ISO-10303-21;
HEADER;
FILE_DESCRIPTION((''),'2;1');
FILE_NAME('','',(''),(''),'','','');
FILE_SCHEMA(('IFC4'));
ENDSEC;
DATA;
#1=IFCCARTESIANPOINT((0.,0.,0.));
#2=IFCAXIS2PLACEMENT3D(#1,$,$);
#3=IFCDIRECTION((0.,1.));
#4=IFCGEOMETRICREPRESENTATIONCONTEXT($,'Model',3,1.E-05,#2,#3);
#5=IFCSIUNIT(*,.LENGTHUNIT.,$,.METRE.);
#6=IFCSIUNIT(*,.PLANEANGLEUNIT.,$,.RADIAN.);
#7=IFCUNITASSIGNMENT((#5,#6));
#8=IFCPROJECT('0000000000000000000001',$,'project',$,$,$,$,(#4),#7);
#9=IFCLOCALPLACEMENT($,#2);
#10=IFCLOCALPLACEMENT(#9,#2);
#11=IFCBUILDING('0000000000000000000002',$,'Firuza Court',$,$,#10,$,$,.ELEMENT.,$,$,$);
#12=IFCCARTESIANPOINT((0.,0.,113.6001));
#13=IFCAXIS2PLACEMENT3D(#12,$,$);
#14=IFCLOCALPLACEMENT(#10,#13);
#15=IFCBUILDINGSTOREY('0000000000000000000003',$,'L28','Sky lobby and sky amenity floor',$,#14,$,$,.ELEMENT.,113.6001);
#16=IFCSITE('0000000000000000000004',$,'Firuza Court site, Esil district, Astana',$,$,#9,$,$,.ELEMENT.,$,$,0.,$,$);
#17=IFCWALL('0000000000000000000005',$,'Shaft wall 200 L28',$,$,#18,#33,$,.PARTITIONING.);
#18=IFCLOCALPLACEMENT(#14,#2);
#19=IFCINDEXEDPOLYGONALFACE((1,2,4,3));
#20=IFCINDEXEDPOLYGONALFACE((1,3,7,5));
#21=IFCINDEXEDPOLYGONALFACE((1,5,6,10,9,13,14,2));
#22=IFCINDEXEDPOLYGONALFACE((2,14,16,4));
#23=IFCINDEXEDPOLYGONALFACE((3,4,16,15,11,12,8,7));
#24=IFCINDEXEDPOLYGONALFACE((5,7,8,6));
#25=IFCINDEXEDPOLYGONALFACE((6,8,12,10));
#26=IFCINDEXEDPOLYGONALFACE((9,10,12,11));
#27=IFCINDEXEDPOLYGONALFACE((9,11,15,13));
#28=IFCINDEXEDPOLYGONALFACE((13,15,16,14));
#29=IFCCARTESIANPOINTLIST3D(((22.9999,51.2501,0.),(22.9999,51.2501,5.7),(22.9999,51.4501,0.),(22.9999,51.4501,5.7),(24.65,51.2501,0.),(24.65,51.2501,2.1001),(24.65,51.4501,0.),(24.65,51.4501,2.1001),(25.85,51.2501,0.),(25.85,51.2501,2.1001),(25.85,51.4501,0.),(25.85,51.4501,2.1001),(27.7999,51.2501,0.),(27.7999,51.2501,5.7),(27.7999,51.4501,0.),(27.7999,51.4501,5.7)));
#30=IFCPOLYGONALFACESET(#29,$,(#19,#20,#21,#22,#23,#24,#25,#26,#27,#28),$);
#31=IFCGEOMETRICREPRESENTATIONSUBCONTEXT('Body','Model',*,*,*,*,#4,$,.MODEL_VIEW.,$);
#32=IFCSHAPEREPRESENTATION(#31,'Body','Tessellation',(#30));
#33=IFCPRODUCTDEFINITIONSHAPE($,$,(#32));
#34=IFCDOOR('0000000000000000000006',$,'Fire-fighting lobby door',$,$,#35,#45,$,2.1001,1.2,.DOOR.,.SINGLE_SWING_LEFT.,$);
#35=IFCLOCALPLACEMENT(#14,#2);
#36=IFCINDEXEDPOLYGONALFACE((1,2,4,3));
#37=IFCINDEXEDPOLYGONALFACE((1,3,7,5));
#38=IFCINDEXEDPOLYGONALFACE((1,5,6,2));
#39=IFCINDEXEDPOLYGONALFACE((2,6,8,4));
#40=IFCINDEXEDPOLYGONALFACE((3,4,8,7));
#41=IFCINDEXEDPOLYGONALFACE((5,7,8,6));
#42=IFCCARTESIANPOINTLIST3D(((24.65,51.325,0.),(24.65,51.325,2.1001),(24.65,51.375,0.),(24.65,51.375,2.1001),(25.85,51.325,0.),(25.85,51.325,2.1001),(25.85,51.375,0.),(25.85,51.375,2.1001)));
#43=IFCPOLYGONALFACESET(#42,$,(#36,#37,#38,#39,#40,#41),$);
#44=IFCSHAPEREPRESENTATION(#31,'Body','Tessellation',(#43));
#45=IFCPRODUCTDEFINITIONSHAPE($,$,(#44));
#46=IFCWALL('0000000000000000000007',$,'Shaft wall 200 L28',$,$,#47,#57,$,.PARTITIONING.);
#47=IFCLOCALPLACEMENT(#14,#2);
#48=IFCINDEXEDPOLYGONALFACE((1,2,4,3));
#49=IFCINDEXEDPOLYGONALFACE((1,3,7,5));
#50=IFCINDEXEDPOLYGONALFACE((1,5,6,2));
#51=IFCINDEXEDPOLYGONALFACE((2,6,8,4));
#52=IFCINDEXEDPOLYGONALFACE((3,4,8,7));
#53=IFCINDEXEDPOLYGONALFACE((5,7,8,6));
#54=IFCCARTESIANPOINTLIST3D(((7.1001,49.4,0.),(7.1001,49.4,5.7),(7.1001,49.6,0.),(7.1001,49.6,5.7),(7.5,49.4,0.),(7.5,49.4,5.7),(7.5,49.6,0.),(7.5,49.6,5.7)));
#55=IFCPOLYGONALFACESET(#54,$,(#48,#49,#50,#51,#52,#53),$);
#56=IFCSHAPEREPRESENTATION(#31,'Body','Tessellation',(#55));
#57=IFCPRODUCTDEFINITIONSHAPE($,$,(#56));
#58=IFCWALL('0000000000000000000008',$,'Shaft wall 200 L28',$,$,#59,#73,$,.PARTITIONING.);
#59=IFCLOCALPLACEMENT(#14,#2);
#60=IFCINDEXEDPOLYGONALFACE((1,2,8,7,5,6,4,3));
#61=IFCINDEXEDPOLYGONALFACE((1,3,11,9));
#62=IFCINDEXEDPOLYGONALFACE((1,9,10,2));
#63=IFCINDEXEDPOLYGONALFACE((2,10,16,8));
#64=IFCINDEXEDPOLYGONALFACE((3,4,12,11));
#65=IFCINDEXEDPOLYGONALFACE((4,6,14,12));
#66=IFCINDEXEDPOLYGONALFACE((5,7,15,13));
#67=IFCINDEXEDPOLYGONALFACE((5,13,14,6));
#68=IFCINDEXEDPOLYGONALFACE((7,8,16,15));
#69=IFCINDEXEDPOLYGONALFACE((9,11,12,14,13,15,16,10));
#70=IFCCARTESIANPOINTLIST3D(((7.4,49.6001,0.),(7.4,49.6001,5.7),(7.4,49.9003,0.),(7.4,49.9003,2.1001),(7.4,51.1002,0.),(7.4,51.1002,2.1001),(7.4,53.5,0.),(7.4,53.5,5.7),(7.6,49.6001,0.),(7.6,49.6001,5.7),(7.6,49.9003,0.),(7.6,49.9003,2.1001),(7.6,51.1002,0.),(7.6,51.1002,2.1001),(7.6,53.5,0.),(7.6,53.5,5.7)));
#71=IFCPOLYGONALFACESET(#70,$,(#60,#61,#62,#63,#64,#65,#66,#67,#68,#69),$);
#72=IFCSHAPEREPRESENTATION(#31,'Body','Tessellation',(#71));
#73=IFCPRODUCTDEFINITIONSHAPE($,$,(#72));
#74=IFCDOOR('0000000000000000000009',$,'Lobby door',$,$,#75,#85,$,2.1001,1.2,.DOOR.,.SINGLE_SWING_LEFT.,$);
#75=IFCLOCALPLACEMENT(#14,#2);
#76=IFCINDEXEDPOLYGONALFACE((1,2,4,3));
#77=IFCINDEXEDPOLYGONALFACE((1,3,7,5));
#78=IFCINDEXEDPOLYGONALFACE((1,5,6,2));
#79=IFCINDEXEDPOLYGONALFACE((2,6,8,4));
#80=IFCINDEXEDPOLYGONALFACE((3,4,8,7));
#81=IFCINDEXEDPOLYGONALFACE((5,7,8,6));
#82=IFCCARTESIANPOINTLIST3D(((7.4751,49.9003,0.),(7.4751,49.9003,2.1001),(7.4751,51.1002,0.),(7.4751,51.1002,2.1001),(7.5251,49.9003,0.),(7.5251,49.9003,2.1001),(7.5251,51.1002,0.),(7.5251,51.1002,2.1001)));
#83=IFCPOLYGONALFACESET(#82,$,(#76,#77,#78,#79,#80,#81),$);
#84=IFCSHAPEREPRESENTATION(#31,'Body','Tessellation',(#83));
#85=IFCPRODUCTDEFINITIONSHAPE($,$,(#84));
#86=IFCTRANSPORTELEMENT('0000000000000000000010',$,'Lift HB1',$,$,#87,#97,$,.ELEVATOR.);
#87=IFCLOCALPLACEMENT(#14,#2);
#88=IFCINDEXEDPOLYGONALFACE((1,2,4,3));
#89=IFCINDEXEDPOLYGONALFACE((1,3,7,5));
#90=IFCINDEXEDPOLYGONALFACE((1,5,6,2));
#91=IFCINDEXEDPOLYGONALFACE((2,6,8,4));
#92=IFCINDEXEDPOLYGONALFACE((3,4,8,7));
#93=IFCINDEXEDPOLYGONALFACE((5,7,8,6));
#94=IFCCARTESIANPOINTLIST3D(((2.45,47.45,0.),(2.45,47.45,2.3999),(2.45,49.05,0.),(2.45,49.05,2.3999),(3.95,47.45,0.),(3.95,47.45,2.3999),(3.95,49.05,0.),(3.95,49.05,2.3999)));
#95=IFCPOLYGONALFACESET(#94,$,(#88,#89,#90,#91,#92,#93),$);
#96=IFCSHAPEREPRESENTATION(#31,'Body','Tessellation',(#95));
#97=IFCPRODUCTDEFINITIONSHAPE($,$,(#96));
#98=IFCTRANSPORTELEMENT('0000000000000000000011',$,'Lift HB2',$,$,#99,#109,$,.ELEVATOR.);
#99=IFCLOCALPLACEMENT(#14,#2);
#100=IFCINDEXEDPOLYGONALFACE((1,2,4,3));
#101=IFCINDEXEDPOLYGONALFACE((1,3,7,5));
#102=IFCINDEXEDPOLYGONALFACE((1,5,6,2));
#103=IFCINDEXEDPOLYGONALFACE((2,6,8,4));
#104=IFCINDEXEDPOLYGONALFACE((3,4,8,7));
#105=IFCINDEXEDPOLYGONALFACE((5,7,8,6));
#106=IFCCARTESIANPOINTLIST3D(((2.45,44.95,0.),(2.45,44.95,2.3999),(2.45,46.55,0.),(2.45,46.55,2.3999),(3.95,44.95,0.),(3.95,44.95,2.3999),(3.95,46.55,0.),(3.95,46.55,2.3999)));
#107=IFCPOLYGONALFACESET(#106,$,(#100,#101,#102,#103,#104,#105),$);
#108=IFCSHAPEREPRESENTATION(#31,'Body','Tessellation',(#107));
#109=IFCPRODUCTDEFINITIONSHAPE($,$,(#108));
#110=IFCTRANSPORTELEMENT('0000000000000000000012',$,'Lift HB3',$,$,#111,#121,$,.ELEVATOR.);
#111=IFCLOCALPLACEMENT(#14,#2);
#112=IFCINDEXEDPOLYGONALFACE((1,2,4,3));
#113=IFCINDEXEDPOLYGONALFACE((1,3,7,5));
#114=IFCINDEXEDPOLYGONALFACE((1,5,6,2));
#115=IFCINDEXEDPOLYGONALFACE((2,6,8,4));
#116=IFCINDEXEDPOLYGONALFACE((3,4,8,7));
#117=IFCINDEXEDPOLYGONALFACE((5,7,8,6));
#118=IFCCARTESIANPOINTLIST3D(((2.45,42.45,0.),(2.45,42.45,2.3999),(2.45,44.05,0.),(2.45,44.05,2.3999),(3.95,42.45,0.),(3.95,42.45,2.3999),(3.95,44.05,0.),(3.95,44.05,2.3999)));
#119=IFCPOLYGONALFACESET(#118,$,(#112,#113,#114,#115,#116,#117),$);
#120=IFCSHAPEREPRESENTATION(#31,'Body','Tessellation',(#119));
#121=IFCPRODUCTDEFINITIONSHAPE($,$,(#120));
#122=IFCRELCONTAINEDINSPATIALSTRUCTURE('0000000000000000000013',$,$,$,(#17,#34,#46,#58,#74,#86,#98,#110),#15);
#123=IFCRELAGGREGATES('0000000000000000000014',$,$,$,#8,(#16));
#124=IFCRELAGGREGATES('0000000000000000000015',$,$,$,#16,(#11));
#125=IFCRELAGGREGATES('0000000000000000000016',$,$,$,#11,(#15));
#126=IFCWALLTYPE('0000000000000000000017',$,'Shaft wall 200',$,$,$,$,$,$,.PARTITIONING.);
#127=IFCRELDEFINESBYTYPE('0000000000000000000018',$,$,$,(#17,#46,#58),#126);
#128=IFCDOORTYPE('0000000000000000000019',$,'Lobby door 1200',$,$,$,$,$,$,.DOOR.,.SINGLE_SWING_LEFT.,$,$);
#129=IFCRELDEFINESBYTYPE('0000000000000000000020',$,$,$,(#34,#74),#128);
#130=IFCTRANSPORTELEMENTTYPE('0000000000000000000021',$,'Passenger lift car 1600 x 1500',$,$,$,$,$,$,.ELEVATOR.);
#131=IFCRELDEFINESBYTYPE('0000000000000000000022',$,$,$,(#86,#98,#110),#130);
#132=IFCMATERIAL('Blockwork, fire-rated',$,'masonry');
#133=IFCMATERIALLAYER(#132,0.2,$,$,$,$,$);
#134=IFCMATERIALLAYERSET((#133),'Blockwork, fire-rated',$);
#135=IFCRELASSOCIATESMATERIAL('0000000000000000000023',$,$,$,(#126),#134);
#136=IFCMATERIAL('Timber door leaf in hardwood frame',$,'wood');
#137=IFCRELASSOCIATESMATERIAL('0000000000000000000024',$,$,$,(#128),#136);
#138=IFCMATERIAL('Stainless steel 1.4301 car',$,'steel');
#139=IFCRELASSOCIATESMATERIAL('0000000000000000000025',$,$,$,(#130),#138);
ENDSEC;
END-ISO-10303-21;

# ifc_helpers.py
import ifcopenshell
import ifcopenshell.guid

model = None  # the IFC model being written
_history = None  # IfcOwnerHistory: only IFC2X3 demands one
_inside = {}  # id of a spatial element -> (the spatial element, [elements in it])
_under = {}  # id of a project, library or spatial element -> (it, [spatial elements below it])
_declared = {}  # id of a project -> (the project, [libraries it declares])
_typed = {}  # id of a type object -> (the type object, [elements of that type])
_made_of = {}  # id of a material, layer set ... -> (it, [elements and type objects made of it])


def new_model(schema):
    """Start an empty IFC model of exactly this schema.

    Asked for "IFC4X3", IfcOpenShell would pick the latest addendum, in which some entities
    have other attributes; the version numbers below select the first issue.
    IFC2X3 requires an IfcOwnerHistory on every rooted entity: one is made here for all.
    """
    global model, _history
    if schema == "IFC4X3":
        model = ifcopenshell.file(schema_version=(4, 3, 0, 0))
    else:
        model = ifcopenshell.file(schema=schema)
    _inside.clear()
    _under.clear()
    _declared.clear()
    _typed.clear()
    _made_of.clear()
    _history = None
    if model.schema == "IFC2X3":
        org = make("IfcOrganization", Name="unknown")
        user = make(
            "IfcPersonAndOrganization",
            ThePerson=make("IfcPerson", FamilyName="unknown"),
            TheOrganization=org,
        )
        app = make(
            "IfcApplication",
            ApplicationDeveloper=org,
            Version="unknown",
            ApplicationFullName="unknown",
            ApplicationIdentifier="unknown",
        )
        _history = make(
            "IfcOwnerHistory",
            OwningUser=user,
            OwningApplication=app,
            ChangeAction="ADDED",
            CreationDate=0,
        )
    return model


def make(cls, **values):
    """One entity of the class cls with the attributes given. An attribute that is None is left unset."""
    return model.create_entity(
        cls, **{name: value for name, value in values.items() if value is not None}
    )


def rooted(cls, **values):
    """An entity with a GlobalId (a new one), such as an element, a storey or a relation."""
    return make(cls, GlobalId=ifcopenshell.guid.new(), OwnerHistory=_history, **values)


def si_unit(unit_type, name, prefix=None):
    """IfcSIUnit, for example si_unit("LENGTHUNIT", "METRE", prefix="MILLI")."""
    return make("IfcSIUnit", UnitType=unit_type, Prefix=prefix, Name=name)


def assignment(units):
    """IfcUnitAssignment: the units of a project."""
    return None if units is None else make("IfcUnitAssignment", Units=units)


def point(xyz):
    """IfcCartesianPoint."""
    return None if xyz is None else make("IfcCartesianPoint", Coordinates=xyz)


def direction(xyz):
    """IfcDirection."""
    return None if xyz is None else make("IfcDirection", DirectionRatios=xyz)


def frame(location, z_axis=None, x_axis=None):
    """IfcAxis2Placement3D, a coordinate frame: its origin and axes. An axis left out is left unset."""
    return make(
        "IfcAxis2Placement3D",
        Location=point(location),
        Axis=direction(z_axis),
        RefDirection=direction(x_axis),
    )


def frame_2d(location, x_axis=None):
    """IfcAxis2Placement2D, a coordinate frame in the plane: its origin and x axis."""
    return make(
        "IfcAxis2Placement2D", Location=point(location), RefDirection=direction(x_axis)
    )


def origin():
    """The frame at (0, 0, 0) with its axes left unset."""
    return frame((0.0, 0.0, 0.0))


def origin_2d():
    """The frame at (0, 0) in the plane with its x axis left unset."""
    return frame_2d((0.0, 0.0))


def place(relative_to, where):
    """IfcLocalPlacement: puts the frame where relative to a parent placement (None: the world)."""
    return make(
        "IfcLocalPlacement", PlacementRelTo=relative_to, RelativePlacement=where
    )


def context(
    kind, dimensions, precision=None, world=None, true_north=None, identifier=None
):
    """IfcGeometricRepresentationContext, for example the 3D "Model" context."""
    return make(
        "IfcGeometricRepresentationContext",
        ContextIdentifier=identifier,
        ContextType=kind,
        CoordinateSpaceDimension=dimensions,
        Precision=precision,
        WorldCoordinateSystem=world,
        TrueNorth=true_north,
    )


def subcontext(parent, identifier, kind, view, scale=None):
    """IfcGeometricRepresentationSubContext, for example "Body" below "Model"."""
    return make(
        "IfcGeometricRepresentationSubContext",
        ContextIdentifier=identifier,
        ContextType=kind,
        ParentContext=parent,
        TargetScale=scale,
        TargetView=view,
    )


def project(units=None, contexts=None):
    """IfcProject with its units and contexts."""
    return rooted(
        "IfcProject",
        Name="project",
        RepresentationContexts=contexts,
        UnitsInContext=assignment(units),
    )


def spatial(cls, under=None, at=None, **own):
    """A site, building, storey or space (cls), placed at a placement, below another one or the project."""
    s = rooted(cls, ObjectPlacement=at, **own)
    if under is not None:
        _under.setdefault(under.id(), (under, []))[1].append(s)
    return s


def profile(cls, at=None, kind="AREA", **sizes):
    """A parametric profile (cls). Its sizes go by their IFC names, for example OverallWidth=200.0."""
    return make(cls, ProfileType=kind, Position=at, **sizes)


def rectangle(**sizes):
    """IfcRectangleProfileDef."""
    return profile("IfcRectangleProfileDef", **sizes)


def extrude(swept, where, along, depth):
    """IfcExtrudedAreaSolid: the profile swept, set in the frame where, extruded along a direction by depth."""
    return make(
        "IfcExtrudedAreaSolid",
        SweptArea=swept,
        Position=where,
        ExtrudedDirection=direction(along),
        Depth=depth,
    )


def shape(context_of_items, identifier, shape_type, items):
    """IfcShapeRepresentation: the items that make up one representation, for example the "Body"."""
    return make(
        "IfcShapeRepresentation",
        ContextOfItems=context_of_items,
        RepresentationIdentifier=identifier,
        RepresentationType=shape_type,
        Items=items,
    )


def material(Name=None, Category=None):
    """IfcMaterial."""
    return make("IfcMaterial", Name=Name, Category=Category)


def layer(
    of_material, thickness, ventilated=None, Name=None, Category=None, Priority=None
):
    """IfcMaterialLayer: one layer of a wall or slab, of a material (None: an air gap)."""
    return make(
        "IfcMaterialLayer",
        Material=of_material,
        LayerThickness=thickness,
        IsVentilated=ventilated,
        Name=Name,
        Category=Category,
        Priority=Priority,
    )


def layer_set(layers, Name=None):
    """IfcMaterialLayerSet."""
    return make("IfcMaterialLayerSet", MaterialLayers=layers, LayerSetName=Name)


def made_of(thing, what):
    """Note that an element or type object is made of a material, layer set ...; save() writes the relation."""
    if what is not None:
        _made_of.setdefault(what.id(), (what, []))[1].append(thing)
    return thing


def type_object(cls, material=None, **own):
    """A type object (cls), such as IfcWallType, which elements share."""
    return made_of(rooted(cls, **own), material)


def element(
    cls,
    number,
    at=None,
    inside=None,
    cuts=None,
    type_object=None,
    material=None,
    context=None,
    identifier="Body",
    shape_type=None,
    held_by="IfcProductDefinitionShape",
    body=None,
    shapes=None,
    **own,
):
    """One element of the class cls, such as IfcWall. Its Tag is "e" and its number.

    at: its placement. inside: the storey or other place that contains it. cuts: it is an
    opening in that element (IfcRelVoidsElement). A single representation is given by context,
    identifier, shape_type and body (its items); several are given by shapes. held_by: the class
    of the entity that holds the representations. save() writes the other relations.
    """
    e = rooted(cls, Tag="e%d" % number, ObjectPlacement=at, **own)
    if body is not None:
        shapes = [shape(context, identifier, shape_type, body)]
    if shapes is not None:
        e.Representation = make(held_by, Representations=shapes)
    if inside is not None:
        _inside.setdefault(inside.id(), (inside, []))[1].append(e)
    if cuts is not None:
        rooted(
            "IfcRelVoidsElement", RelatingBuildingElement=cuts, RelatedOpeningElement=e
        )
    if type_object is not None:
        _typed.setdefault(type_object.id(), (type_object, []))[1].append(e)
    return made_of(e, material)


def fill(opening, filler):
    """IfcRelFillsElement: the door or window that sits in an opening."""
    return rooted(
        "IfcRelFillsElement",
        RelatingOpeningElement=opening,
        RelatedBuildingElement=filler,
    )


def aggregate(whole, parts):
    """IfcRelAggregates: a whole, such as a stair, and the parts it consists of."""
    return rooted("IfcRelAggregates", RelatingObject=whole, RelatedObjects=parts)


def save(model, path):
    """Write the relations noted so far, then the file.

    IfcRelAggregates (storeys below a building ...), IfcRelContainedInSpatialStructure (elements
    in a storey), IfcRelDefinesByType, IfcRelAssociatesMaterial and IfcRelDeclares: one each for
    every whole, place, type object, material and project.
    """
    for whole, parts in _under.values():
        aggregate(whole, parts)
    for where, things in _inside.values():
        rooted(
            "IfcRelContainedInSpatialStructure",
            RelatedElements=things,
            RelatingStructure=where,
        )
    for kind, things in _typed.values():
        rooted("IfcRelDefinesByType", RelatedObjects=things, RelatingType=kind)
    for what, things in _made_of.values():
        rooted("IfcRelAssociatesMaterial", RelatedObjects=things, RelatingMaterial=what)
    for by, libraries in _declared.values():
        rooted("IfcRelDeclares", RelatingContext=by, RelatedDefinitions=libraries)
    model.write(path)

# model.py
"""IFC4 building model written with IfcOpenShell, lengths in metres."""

from ifc_helpers import new_model, si_unit, direction, frame, frame_2d, origin, origin_2d, place, context, subcontext, project, spatial, rectangle, extrude, material, layer, layer_set, type_object, element, fill, save


model = new_model("IFC4")

# Units and contexts
model_context = context("Model", 3, precision=1e-05, world=origin(), true_north=direction((0.0, 1.0)))
body_context = subcontext(model_context, "Body", "Model", "MODEL_VIEW")
ifc_project = project(units=[si_unit("LENGTHUNIT", "METRE"), si_unit("PLANEANGLEUNIT", "RADIAN")], contexts=[model_context])

# Site, building, storey
site_placement = place(None, origin())
site = spatial("IfcSite", under=ifc_project, at=site_placement, Name="Firuza Court site, Esil district, Astana", CompositionType="ELEMENT", RefElevation=0.0)
building_placement = place(site_placement, origin())
building = spatial("IfcBuilding", under=site, at=building_placement, Name="Firuza Court", CompositionType="ELEMENT")
storey_placement = place(building_placement, frame((0.0, 0.0, 113.6001)))
storey = spatial("IfcBuildingStorey", under=building, at=storey_placement, Name="L28", Description="Sky lobby and sky amenity floor", CompositionType="ELEMENT", Elevation=113.6001)

# Shared definitions
ifc_material_1 = material(Name="Blockwork, fire-rated", Category="masonry")
ifc_layer_1 = layer(ifc_material_1, 0.2)
ifc_layer_set_1 = layer_set([ifc_layer_1], Name="Blockwork, fire-rated")
wall_type_1 = type_object("IfcWallType", Name="Shaft wall 200", PredefinedType="PARTITIONING", material=ifc_layer_set_1)
ifc_material_2 = material(Name="Timber door leaf in hardwood frame", Category="wood")
door_type_1 = type_object("IfcDoorType", Name="Lobby door 1200", OperationType="SINGLE_SWING_LEFT", PredefinedType="DOOR", material=ifc_material_2)

# Wall, opening, door
wall_1_placement = place(storey_placement, frame((23.0, 51.3501, 0.0), z_axis=(0.0, 0.0, 1.0), x_axis=(1.0, 0.0, 0.0)))
wall_1 = element("IfcWall", 1, at=wall_1_placement, inside=storey, type_object=wall_type_1, Name="Shaft wall 200 L28", PredefinedType="PARTITIONING", context=body_context, shape_type="SweptSolid", body=[
    extrude(rectangle(XDim=4.8, YDim=0.2, at=frame_2d((2.3999, 0.0))), origin(), (0.0, 0.0, 1.0), 5.7),
])
opening_1_placement = place(wall_1_placement, frame((1.6499, 0.0, 0.0)))
opening_1 = element("IfcOpeningElement", 2, at=opening_1_placement, cuts=wall_1, PredefinedType="OPENING", context=body_context, shape_type="SweptSolid", body=[
    extrude(rectangle(XDim=1.2, YDim=2.1001, at=frame_2d((0.6001, 1.05))), frame((0.0, 0.1118, 0.0), z_axis=(0.0, -1.0, 0.0), x_axis=(1.0, 0.0, 0.0)), (0.0, 0.0, 1.0), 0.2239),
])
door_1_placement = place(opening_1_placement, origin())
door_1 = element("IfcDoor", 3, at=door_1_placement, inside=storey, type_object=door_type_1, Name="Fire-fighting lobby door", OperationType="SINGLE_SWING_LEFT", OverallHeight=2.1001, OverallWidth=1.2, PredefinedType="DOOR", context=body_context, shape_type="SweptSolid", body=[
    extrude(rectangle(XDim=1.2, YDim=2.1001, at=frame_2d((0.6001, 1.05))), frame((0.0, 0.0249, 0.0), z_axis=(0.0, -1.0, 0.0), x_axis=(1.0, 0.0, 0.0)), (0.0, 0.0, 1.0), 0.05),
])
fill(opening_1, door_1)

# Wall
wall_2_placement = place(storey_placement, frame((7.1001, 49.5, 0.0), z_axis=(0.0, 0.0, 1.0), x_axis=(1.0, 0.0, 0.0)))
element("IfcWall", 4, at=wall_2_placement, inside=storey, type_object=wall_type_1, Name="Shaft wall 200 L28", PredefinedType="PARTITIONING", context=body_context, shape_type="SweptSolid", body=[
    extrude(rectangle(XDim=0.3999, YDim=0.2, at=frame_2d((0.2, 0.0))), origin(), (0.0, 0.0, 1.0), 5.7),
])

# Wall, opening, door
wall_3_placement = place(storey_placement, frame((7.5, 49.6001, 0.0), z_axis=(0.0, 0.0, 1.0), x_axis=(0.0, 1.0, 0.0)))
wall_3 = element("IfcWall", 5, at=wall_3_placement, inside=storey, type_object=wall_type_1, Name="Shaft wall 200 L28", PredefinedType="PARTITIONING", context=body_context, shape_type="SweptSolid", body=[
    extrude(rectangle(XDim=3.8999, YDim=0.2, at=frame_2d((1.95, 0.0))), origin(), (0.0, 0.0, 1.0), 5.7),
])
opening_2_placement = place(wall_3_placement, frame((0.3, 0.0, 0.0)))
opening_2 = element("IfcOpeningElement", 6, at=opening_2_placement, cuts=wall_3, PredefinedType="OPENING", context=body_context, shape_type="SweptSolid", body=[
    extrude(rectangle(XDim=1.2, YDim=2.1001, at=frame_2d((0.6001, 1.05))), frame((0.0, 0.1118, 0.0), z_axis=(0.0, -1.0, 0.0), x_axis=(1.0, 0.0, 0.0)), (0.0, 0.0, 1.0), 0.2239),
])
door_2_placement = place(opening_2_placement, origin())
door_2 = element("IfcDoor", 7, at=door_2_placement, inside=storey, type_object=door_type_1, Name="Lobby door", OperationType="SINGLE_SWING_LEFT", OverallHeight=2.1001, OverallWidth=1.2, PredefinedType="DOOR", context=body_context, shape_type="SweptSolid", body=[
    extrude(rectangle(XDim=1.2, YDim=2.1001, at=frame_2d((0.6001, 1.05))), frame((0.0, 0.0249, 0.0), z_axis=(0.0, -1.0, 0.0), x_axis=(1.0, 0.0, 0.0)), (0.0, 0.0, 1.0), 0.05),
])
fill(opening_2, door_2)

# Transport elements
ifc_material_3 = material(Name="Stainless steel 1.4301 car", Category="steel")
transport_element_type = type_object("IfcTransportElementType", Name="Passenger lift car 1600 x 1500", PredefinedType="ELEVATOR", material=ifc_material_3)
for number, where, z_axis, x_axis, name in (
    (8, (3.2, 48.25, 0.0), (0.0, 0.0, 1.0), (1.0, 0.0, 0.0), "Lift HB1"),
    (9, (3.2, 45.75, 0.0), (0.0, 0.0, 1.0), (1.0, 0.0, 0.0), "Lift HB2"),
    (10, (3.2, 43.25, 0.0), (0.0, 0.0, 1.0), (1.0, 0.0, 0.0), "Lift HB3"),
):
    element("IfcTransportElement", number, at=place(storey_placement, frame(where, z_axis=z_axis, x_axis=x_axis)), inside=storey, type_object=transport_element_type, Name=name, PredefinedType="ELEVATOR", context=body_context, shape_type="SweptSolid", body=[
        extrude(rectangle(XDim=1.5, YDim=1.6001, at=origin_2d()), origin(), (0.0, 0.0, 1.0), 2.3999),
    ])

save(model, "model.ifc")
